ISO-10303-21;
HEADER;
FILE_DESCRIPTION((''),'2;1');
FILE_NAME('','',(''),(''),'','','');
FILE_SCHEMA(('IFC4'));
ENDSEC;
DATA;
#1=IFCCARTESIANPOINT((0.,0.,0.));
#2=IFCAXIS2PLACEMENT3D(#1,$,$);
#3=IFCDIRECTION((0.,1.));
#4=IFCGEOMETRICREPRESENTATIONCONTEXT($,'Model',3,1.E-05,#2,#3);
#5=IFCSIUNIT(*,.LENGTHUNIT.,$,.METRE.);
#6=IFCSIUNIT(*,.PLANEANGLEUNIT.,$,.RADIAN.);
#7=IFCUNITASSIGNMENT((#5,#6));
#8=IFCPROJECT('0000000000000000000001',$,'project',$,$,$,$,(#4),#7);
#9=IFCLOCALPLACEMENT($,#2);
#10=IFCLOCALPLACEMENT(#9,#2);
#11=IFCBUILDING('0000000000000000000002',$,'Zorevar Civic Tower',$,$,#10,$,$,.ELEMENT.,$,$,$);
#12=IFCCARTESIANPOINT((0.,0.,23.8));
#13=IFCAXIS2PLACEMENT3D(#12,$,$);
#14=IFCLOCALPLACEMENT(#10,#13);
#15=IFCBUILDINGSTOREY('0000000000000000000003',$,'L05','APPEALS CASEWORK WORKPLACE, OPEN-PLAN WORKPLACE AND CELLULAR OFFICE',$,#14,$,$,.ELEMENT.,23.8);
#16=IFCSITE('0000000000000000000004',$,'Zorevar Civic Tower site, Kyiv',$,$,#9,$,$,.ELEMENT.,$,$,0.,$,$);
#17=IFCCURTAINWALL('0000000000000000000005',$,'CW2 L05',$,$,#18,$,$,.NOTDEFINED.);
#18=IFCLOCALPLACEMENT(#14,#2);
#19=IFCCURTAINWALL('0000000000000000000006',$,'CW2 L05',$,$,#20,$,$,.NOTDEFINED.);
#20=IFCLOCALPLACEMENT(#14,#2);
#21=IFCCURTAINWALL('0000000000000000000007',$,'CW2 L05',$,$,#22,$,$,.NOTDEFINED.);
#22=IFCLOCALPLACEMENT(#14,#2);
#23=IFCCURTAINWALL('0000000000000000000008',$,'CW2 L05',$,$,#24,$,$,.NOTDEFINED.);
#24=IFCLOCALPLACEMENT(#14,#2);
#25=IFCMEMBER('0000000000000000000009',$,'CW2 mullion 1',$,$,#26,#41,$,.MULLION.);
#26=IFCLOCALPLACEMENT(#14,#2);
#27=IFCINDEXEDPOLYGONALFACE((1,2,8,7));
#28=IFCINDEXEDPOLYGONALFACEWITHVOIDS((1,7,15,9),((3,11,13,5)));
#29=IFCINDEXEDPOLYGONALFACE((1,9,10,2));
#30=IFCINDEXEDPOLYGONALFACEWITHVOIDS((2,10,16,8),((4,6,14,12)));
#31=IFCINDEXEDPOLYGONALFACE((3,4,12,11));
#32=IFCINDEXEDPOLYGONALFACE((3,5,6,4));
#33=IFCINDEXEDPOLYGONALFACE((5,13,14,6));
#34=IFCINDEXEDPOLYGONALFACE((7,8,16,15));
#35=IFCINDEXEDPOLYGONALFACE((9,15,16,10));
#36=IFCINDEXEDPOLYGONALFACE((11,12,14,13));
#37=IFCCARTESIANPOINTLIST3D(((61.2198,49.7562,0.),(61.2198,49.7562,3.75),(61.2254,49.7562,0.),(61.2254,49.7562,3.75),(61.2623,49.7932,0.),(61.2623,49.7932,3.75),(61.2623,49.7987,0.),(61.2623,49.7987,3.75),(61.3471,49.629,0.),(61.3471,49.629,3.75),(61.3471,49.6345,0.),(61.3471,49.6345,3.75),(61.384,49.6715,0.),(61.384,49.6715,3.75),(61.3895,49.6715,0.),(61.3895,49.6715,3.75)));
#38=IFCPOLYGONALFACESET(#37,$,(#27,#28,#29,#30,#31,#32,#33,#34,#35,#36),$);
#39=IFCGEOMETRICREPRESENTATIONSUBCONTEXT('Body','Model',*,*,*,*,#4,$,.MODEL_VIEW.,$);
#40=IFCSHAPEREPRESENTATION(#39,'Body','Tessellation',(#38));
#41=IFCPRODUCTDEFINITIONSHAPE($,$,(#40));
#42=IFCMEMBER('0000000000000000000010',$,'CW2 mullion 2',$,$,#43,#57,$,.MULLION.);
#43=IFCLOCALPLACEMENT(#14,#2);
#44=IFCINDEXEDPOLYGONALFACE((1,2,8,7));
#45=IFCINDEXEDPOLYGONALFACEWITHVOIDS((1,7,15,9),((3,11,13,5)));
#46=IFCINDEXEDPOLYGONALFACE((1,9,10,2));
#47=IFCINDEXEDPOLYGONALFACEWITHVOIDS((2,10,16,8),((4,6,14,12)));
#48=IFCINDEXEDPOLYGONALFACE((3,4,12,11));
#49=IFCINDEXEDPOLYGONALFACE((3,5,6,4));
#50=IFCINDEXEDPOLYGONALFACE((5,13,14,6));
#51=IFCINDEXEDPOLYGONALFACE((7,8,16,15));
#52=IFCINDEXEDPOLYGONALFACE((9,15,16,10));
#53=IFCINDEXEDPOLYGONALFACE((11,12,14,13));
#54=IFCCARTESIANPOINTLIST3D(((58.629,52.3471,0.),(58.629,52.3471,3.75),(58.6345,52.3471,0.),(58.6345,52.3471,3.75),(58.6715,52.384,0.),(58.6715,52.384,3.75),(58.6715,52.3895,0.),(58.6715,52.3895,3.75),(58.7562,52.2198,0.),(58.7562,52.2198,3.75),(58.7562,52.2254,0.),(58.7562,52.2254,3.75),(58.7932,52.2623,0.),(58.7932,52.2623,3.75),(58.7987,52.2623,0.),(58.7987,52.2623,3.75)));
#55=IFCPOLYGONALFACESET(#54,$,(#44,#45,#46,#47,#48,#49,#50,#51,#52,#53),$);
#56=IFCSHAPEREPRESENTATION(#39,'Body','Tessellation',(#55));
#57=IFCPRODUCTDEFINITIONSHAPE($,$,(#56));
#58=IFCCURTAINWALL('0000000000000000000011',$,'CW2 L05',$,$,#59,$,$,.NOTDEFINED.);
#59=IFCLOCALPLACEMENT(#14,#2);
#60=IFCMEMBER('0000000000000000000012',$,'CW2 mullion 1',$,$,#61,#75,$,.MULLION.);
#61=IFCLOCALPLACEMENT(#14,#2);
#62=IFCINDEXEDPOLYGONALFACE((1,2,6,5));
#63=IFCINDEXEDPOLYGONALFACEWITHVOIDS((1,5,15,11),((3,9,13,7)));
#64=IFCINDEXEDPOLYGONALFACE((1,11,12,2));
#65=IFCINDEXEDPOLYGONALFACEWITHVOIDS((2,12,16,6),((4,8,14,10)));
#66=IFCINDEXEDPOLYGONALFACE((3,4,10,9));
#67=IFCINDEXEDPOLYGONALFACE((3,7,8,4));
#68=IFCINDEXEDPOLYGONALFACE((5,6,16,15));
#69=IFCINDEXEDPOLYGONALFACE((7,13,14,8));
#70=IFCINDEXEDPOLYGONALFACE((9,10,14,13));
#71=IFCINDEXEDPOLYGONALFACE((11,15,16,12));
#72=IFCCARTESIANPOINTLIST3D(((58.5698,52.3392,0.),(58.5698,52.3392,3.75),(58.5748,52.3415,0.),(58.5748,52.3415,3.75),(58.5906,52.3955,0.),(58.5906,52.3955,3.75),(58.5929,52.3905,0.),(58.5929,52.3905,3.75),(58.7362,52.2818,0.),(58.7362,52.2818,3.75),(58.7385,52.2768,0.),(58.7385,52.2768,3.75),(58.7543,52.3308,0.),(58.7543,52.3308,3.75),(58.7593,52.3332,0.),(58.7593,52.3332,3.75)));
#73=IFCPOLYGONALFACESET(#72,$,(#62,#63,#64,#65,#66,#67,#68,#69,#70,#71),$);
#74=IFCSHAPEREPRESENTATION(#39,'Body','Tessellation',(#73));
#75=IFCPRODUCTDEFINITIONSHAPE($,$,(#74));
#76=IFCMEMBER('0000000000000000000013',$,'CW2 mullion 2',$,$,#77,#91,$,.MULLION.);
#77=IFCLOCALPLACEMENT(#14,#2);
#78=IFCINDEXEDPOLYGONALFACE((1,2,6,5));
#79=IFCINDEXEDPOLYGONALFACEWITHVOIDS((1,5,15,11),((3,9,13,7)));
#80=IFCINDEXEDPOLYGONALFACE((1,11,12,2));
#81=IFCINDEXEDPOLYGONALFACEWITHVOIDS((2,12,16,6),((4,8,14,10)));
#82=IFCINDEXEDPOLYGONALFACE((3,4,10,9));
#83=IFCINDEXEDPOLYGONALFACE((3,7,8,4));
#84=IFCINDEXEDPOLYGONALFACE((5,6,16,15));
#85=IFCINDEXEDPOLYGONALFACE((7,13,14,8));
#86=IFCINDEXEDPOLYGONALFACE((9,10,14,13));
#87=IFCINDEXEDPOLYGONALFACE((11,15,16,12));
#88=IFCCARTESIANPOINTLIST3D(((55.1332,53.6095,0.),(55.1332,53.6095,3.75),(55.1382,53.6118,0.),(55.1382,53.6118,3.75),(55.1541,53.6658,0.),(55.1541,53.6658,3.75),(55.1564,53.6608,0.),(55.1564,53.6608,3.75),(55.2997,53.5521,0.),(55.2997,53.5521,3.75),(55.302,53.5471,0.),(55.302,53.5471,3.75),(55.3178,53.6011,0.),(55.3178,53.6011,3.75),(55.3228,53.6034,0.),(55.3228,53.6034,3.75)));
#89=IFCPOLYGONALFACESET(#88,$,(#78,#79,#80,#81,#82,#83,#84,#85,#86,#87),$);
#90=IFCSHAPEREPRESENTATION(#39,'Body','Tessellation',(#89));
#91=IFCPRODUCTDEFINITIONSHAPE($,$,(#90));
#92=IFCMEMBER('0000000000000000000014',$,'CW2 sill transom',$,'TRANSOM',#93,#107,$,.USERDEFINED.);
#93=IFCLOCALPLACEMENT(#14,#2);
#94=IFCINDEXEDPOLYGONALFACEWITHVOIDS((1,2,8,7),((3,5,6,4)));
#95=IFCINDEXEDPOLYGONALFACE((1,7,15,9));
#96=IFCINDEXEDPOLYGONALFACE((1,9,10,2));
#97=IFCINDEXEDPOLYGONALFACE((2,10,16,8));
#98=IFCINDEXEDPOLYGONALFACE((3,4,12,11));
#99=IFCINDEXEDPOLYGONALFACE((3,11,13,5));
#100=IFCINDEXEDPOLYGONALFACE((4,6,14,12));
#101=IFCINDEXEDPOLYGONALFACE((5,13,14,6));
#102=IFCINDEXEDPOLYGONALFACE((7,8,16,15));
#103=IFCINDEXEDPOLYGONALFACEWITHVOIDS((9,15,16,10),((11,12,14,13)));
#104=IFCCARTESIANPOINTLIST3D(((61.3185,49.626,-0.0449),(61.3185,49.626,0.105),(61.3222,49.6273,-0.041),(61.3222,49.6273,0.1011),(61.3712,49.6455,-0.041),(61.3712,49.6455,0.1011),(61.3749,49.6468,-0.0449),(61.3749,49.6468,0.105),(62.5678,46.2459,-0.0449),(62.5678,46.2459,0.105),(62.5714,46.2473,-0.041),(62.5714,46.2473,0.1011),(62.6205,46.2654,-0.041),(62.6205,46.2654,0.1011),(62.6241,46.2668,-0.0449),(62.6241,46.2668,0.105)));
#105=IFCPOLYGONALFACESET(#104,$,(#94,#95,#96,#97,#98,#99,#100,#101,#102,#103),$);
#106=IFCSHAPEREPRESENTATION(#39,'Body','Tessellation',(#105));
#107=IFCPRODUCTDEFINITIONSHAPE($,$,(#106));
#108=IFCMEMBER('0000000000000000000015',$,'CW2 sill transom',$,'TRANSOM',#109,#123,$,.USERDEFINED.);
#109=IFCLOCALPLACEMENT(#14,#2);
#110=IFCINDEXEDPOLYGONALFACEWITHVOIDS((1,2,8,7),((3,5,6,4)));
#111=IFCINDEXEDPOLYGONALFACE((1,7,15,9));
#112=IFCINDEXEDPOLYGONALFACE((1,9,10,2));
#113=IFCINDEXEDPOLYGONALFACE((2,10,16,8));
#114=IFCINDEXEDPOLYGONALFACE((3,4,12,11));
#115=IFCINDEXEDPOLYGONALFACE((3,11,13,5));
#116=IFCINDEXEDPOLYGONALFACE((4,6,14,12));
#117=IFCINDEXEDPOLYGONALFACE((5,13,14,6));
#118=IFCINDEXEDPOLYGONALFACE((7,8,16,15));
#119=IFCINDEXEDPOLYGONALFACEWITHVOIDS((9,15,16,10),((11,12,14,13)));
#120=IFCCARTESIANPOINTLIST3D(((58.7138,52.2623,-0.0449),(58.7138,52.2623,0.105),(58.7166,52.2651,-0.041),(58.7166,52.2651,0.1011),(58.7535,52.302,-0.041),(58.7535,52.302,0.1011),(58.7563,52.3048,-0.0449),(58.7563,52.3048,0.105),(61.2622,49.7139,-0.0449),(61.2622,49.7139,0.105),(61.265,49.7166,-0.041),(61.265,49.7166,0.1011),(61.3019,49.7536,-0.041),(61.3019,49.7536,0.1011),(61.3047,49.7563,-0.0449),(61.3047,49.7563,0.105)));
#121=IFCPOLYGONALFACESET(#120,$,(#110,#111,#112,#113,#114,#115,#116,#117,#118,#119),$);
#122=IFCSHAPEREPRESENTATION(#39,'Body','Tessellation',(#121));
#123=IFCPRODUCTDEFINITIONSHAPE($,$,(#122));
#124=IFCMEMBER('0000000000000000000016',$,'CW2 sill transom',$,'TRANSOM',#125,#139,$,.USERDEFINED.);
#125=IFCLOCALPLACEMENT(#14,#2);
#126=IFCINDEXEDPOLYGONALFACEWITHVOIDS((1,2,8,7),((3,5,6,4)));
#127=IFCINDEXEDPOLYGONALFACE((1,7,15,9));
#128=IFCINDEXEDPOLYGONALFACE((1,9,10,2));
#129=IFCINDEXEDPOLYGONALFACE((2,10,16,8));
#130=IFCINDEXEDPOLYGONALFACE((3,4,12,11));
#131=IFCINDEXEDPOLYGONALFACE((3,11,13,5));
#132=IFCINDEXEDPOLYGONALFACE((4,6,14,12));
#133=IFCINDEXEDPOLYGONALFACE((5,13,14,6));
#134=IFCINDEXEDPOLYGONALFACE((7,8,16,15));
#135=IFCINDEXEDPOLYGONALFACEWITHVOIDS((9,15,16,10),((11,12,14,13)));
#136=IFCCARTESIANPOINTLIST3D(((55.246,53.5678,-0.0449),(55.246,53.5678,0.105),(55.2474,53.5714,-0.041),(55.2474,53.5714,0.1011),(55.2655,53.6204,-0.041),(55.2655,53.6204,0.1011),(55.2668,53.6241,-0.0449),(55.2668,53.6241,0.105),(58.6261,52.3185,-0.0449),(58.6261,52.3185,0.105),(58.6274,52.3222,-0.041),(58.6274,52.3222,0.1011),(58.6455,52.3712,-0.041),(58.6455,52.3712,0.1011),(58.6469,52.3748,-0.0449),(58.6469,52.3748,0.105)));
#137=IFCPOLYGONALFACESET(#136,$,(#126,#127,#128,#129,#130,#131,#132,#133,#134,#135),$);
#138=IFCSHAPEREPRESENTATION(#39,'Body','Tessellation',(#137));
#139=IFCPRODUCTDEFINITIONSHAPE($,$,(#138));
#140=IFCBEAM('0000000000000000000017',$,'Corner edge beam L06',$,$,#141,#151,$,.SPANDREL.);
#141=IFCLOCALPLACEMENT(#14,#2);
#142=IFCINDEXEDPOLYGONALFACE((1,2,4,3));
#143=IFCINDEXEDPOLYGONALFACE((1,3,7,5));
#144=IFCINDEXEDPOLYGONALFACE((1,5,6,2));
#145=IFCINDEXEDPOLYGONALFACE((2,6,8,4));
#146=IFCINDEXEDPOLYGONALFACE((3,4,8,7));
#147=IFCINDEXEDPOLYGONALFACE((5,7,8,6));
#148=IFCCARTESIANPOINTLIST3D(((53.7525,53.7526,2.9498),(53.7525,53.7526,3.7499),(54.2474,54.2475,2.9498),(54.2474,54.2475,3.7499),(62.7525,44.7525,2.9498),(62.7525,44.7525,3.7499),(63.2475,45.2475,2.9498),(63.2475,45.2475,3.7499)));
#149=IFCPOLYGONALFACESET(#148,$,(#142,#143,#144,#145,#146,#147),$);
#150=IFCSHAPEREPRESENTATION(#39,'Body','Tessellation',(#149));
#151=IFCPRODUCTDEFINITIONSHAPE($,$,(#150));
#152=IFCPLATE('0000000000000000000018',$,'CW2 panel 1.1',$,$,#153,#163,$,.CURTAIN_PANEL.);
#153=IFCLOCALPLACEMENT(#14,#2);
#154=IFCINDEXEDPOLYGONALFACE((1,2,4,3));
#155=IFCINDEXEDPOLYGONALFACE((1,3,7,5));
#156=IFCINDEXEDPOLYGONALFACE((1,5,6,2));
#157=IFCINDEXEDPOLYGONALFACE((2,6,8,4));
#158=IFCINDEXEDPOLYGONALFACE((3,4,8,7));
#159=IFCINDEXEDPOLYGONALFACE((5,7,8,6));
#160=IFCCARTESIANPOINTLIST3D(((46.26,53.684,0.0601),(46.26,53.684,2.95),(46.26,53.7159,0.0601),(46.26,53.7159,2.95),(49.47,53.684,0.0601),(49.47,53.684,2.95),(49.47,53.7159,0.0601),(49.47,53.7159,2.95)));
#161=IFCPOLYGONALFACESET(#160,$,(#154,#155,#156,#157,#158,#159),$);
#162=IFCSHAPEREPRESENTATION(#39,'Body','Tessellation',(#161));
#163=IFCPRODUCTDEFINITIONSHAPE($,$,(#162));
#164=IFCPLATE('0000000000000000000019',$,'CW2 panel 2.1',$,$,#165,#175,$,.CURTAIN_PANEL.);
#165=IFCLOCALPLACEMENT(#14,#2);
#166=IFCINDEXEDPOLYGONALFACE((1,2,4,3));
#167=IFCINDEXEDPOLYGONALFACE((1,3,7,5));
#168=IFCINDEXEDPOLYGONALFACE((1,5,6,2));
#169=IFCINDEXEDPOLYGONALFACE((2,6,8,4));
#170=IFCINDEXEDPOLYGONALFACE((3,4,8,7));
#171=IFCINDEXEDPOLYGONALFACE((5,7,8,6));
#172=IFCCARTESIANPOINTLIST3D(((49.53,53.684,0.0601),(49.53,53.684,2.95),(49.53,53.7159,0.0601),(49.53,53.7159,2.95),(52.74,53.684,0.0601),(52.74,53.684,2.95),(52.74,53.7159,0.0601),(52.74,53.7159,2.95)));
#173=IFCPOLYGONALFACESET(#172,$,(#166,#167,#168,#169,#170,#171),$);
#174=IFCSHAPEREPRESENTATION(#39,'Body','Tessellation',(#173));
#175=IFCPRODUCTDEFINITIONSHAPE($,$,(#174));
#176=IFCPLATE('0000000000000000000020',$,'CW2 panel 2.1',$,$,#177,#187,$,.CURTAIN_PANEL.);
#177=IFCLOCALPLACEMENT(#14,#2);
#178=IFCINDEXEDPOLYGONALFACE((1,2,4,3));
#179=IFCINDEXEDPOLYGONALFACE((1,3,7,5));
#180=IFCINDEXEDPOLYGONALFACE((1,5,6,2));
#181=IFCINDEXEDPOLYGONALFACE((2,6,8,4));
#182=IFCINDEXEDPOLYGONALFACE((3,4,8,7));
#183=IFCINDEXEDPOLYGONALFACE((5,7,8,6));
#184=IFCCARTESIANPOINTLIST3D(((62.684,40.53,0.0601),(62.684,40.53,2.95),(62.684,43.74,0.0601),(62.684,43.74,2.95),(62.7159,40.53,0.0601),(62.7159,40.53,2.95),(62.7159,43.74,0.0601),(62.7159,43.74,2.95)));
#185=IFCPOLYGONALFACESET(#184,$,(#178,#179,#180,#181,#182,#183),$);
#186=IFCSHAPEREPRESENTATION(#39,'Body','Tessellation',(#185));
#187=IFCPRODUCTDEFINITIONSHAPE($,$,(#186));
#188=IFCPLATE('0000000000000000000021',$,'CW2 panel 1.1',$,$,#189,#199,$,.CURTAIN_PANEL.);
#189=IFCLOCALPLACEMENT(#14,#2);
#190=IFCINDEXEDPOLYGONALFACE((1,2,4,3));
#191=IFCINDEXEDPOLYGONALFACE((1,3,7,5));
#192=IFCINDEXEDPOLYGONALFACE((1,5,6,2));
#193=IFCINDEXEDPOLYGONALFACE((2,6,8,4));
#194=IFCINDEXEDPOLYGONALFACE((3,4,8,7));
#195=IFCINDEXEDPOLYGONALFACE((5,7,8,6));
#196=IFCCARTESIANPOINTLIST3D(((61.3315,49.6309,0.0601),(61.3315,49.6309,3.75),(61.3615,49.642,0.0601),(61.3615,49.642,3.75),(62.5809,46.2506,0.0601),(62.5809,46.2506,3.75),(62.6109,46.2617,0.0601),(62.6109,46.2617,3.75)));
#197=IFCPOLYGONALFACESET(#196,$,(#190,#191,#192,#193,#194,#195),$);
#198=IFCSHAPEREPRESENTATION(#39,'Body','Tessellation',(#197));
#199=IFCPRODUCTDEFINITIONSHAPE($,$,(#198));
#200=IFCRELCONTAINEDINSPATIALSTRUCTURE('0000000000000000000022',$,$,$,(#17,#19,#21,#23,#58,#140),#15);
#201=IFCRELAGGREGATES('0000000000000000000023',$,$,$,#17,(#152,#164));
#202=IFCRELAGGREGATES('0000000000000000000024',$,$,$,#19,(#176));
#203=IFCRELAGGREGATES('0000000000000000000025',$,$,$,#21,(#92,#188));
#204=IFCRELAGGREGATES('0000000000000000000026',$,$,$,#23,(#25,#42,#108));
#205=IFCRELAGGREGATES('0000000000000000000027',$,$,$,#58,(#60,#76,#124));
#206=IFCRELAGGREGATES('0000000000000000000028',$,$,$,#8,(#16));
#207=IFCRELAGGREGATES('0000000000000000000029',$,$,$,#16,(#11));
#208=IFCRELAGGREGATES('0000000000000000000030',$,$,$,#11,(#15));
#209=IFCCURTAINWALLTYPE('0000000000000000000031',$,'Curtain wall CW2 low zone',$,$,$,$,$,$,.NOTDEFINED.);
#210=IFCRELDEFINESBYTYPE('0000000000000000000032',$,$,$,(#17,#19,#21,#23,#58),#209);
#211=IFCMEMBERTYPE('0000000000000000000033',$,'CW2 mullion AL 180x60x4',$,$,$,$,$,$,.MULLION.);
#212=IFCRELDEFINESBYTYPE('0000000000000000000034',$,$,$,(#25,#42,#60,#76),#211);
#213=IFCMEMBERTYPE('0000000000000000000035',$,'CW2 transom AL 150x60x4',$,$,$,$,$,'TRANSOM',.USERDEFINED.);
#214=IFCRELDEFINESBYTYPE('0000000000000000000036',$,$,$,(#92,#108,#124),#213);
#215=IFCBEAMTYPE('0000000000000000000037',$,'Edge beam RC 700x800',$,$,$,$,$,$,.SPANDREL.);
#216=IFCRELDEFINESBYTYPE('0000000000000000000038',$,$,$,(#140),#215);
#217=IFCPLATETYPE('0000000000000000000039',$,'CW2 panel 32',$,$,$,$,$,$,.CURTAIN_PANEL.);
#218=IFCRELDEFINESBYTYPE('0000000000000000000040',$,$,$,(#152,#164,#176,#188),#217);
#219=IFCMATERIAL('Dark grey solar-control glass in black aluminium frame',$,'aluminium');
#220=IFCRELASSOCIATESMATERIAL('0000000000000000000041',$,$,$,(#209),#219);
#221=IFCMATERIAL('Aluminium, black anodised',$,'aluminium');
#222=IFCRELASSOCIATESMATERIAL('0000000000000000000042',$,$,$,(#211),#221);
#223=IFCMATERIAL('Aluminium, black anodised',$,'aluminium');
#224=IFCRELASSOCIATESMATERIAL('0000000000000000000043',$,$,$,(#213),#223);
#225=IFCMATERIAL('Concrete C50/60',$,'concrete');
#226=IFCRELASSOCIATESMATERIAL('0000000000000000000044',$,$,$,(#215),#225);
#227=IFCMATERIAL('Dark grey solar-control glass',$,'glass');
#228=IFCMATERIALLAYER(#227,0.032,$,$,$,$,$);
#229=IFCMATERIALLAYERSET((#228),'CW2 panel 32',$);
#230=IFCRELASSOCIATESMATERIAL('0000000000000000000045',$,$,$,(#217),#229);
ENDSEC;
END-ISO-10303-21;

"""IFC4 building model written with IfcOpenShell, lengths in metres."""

from ifc_helpers import new_model, si_unit, direction, frame, origin, origin_2d, place, context, subcontext, project, spatial, rectangle, hollow_rectangle, extrude, material, layer, layer_set, material_profile, profile_set, type_object, element, aggregate, save


model = new_model("IFC4")

# Units and contexts
model_context = context("Model", 3, precision=1e-05, world=origin(), true_north=direction((0.0, 1.0)))
body_context = subcontext(model_context, "Body", "Model", "MODEL_VIEW")
ifc_project = project(units=[si_unit("LENGTHUNIT", "METRE"), si_unit("PLANEANGLEUNIT", "RADIAN")], contexts=[model_context])

# Site, building, storey
site_placement = place(None, origin())
site = spatial("IfcSite", under=ifc_project, at=site_placement, Name="Zorevar Civic Tower site, Kyiv", CompositionType="ELEMENT", RefElevation=0.0)
building_placement = place(site_placement, origin())
building = spatial("IfcBuilding", under=site, at=building_placement, Name="Zorevar Civic Tower", CompositionType="ELEMENT")
storey_placement = place(building_placement, frame((0.0, 0.0, 23.8)))
storey = spatial("IfcBuildingStorey", under=building, at=storey_placement, Name="L05", Description="APPEALS CASEWORK WORKPLACE, OPEN-PLAN WORKPLACE AND CELLULAR OFFICE", CompositionType="ELEMENT", Elevation=23.8)

# Curtain walls, members
ifc_material_1 = material(Name="Dark grey solar-control glass in black aluminium frame", Category="aluminium")
curtain_wall_type = type_object("IfcCurtainWallType", Name="Curtain wall CW2 low zone", PredefinedType="NOTDEFINED", material=ifc_material_1)
curtain_wall_1_placement = place(storey_placement, origin())
curtain_wall_1 = element("IfcCurtainWall", 1, at=curtain_wall_1_placement, inside=storey, type_object=curtain_wall_type, Name="CW2 L05", PredefinedType="NOTDEFINED")
ifc_material_2 = material(Name="Aluminium, black anodised", Category="aluminium")
ifc_material_profile_1 = material_profile(ifc_material_2, hollow_rectangle(XDim=0.0601, YDim=0.1799, WallThickness=0.0039, at=origin_2d()), Name="AL 180x60x4")
ifc_profile_set_1 = profile_set([ifc_material_profile_1], Name="Aluminium, black anodised")
member_type_1 = type_object("IfcMemberType", Name="CW2 mullion AL 180x60x4", PredefinedType="MULLION", material=ifc_profile_set_1)
curtain_wall_2_placement = place(storey_placement, origin())
curtain_wall_2 = element("IfcCurtainWall", 2, at=curtain_wall_2_placement, inside=storey, type_object=curtain_wall_type, Name="CW2 L05", PredefinedType="NOTDEFINED")
curtain_wall_3_placement = place(storey_placement, origin())
curtain_wall_3 = element("IfcCurtainWall", 3, at=curtain_wall_3_placement, inside=storey, type_object=curtain_wall_type, Name="CW2 L05", PredefinedType="NOTDEFINED")
curtain_wall_4_placement = place(storey_placement, origin())
curtain_wall_4 = element("IfcCurtainWall", 4, at=curtain_wall_4_placement, inside=storey, type_object=curtain_wall_type, Name="CW2 L05", PredefinedType="NOTDEFINED")
member_1_placement = place(storey_placement, frame((61.3047, 49.7139, 0.0), z_axis=(0.0, 0.0, 1.0), x_axis=(-0.707107, -0.707107, 0.0)))
member_1 = element("IfcMember", 5, at=member_1_placement, type_object=member_type_1, Name="CW2 mullion 1", PredefinedType="MULLION", context=body_context, shape_type="SweptSolid", body=[
    extrude(hollow_rectangle(XDim=0.0601, YDim=0.1799, WallThickness=0.0039, at=origin_2d()), origin(), (0.0, 0.0, 1.0), 3.75),
])
member_2_placement = place(storey_placement, frame((58.7139, 52.3047, 0.0), z_axis=(0.0, 0.0, 1.0), x_axis=(-0.707107, -0.707107, 0.0)))
member_2 = element("IfcMember", 6, at=member_2_placement, type_object=member_type_1, Name="CW2 mullion 2", PredefinedType="MULLION", context=body_context, shape_type="SweptSolid", body=[
    extrude(hollow_rectangle(XDim=0.0601, YDim=0.1799, WallThickness=0.0039, at=origin_2d()), origin(), (0.0, 0.0, 1.0), 3.75),
])
curtain_wall_5_placement = place(storey_placement, origin())
curtain_wall_5 = element("IfcCurtainWall", 7, at=curtain_wall_5_placement, inside=storey, type_object=curtain_wall_type, Name="CW2 L05", PredefinedType="NOTDEFINED")
member_3_placement = place(storey_placement, frame((58.6646, 52.3362, 0.0), z_axis=(0.0, 0.0, 1.0), x_axis=(-0.346704, -0.937975, 0.0)))
member_3 = element("IfcMember", 8, at=member_3_placement, type_object=member_type_1, Name="CW2 mullion 1", PredefinedType="MULLION", context=body_context, shape_type="SweptSolid", body=[
    extrude(hollow_rectangle(XDim=0.0601, YDim=0.1799, WallThickness=0.0039, at=origin_2d()), origin(), (0.0, 0.0, 1.0), 3.75),
])
member_4_placement = place(storey_placement, frame((55.228, 53.6064, 0.0), z_axis=(0.0, 0.0, 1.0), x_axis=(-0.346704, -0.937975, 0.0)))
member_4 = element("IfcMember", 9, at=member_4_placement, type_object=member_type_1, Name="CW2 mullion 2", PredefinedType="MULLION", context=body_context, shape_type="SweptSolid", body=[
    extrude(hollow_rectangle(XDim=0.0601, YDim=0.1799, WallThickness=0.0039, at=origin_2d()), origin(), (0.0, 0.0, 1.0), 3.75),
])

# Members
ifc_material_3 = material(Name="Aluminium, black anodised", Category="aluminium")
ifc_material_profile_2 = material_profile(ifc_material_3, hollow_rectangle(XDim=0.0601, YDim=0.1499, WallThickness=0.0039, at=origin_2d()), Name="AL 150x60x4")
ifc_profile_set_2 = profile_set([ifc_material_profile_2], Name="Aluminium, black anodised")
member_type_2 = type_object("IfcMemberType", Name="CW2 transom AL 150x60x4", ElementType="TRANSOM", PredefinedType="USERDEFINED", material=ifc_profile_set_2)
member_5_placement = place(storey_placement, frame((62.5959, 46.2563, 0.03), z_axis=(-0.346672, 0.937986, 0.0), x_axis=(-0.937986, -0.346672, 0.0)))
member_5 = element("IfcMember", 10, at=member_5_placement, type_object=member_type_2, Name="CW2 sill transom", ObjectType="TRANSOM", PredefinedType="USERDEFINED", context=body_context, shape_type="SweptSolid", body=[
    extrude(hollow_rectangle(XDim=0.0601, YDim=0.1499, WallThickness=0.0039, at=origin_2d()), origin(), (0.0, 0.0, 1.0), 3.6035),
])
member_6_placement = place(storey_placement, frame((61.2834, 49.7351, 0.03), z_axis=(-0.707107, 0.707107, 0.0), x_axis=(-0.707107, -0.707107, 0.0)))
member_6 = element("IfcMember", 11, at=member_6_placement, type_object=member_type_2, Name="CW2 sill transom", ObjectType="TRANSOM", PredefinedType="USERDEFINED", context=body_context, shape_type="SweptSolid", body=[
    extrude(hollow_rectangle(XDim=0.0601, YDim=0.1499, WallThickness=0.0039, at=origin_2d()), origin(), (0.0, 0.0, 1.0), 3.604),
])
member_7_placement = place(storey_placement, frame((58.6365, 52.3467, 0.03), z_axis=(-0.937986, 0.346672, 0.0), x_axis=(-0.346672, -0.937986, 0.0)))
member_7 = element("IfcMember", 12, at=member_7_placement, type_object=member_type_2, Name="CW2 sill transom", ObjectType="TRANSOM", PredefinedType="USERDEFINED", context=body_context, shape_type="SweptSolid", body=[
    extrude(hollow_rectangle(XDim=0.0601, YDim=0.1499, WallThickness=0.0039, at=origin_2d()), origin(), (0.0, 0.0, 1.0), 3.6035),
])

# Beam
ifc_material_4 = material(Name="Concrete C50/60", Category="concrete")
ifc_material_profile_3 = material_profile(ifc_material_4, rectangle(XDim=0.7, YDim=0.8, at=origin_2d()), Name="RC 700x800")
ifc_profile_set_3 = profile_set([ifc_material_profile_3], Name="Concrete C50/60")
beam_type_1 = type_object("IfcBeamType", Name="Edge beam RC 700x800", PredefinedType="SPANDREL", material=ifc_profile_set_3)
beam_1_placement = place(storey_placement, frame((63.0, 45.0, 3.3499), z_axis=(-0.707107, 0.707107, 0.0), x_axis=(-0.707107, -0.707107, 0.0)))
element("IfcBeam", 13, at=beam_1_placement, inside=storey, type_object=beam_type_1, Name="Corner edge beam L06", PredefinedType="SPANDREL", context=body_context, shape_type="SweptSolid", body=[
    extrude(rectangle(XDim=0.7, YDim=0.8, at=origin_2d()), origin(), (0.0, 0.0, 1.0), 12.728),
])

# Plates
ifc_material_5 = material(Name="Dark grey solar-control glass", Category="glass")
ifc_layer_1 = layer(ifc_material_5, 0.032)
ifc_layer_set_1 = layer_set([ifc_layer_1], Name="CW2 panel 32")
plate_type = type_object("IfcPlateType", Name="CW2 panel 32", PredefinedType="CURTAIN_PANEL", material=ifc_layer_set_1)
plate_1_placement = place(storey_placement, frame((47.865, 53.7, 0.0601), z_axis=(0.0, 0.0, 1.0), x_axis=(1.0, 0.0, 0.0)))
plate_1 = element("IfcPlate", 14, at=plate_1_placement, type_object=plate_type, Name="CW2 panel 1.1", PredefinedType="CURTAIN_PANEL", context=body_context, shape_type="SweptSolid", body=[
    extrude(rectangle(XDim=3.21, YDim=0.032, at=origin_2d()), origin(), (0.0, 0.0, 1.0), 2.8899),
])
plate_2_placement = place(storey_placement, frame((51.135, 53.7, 0.0601), z_axis=(0.0, 0.0, 1.0), x_axis=(1.0, 0.0, 0.0)))
plate_2 = element("IfcPlate", 15, at=plate_2_placement, type_object=plate_type, Name="CW2 panel 2.1", PredefinedType="CURTAIN_PANEL", context=body_context, shape_type="SweptSolid", body=[
    extrude(rectangle(XDim=3.21, YDim=0.032, at=origin_2d()), origin(), (0.0, 0.0, 1.0), 2.8899),
])
aggregate(curtain_wall_1, [plate_1, plate_2])
plate_3_placement = place(storey_placement, frame((62.7, 42.135, 0.0601), z_axis=(0.0, 0.0, 1.0), x_axis=(0.0, 1.0, 0.0)))
plate_3 = element("IfcPlate", 16, at=plate_3_placement, type_object=plate_type, Name="CW2 panel 2.1", PredefinedType="CURTAIN_PANEL", context=body_context, shape_type="SweptSolid", body=[
    extrude(rectangle(XDim=3.21, YDim=0.032, at=origin_2d()), origin(), (0.0, 0.0, 1.0), 2.8899),
])
aggregate(curtain_wall_2, [plate_3])
plate_4_placement = place(storey_placement, frame((61.9712, 47.9463, 0.0601), z_axis=(0.0, 0.0, 1.0), x_axis=(-0.346704, 0.937975, 0.0)))
plate_4 = element("IfcPlate", 17, at=plate_4_placement, type_object=plate_type, Name="CW2 panel 1.1", PredefinedType="CURTAIN_PANEL", context=body_context, shape_type="SweptSolid", body=[
    extrude(rectangle(XDim=3.6038, YDim=0.032, at=origin_2d()), origin(), (0.0, 0.0, 1.0), 3.6899),
])
aggregate(curtain_wall_3, [member_5, plate_4])
aggregate(curtain_wall_4, [member_1, member_2, member_6])
aggregate(curtain_wall_5, [member_3, member_4, member_7])

save(model, "model.ifc")
